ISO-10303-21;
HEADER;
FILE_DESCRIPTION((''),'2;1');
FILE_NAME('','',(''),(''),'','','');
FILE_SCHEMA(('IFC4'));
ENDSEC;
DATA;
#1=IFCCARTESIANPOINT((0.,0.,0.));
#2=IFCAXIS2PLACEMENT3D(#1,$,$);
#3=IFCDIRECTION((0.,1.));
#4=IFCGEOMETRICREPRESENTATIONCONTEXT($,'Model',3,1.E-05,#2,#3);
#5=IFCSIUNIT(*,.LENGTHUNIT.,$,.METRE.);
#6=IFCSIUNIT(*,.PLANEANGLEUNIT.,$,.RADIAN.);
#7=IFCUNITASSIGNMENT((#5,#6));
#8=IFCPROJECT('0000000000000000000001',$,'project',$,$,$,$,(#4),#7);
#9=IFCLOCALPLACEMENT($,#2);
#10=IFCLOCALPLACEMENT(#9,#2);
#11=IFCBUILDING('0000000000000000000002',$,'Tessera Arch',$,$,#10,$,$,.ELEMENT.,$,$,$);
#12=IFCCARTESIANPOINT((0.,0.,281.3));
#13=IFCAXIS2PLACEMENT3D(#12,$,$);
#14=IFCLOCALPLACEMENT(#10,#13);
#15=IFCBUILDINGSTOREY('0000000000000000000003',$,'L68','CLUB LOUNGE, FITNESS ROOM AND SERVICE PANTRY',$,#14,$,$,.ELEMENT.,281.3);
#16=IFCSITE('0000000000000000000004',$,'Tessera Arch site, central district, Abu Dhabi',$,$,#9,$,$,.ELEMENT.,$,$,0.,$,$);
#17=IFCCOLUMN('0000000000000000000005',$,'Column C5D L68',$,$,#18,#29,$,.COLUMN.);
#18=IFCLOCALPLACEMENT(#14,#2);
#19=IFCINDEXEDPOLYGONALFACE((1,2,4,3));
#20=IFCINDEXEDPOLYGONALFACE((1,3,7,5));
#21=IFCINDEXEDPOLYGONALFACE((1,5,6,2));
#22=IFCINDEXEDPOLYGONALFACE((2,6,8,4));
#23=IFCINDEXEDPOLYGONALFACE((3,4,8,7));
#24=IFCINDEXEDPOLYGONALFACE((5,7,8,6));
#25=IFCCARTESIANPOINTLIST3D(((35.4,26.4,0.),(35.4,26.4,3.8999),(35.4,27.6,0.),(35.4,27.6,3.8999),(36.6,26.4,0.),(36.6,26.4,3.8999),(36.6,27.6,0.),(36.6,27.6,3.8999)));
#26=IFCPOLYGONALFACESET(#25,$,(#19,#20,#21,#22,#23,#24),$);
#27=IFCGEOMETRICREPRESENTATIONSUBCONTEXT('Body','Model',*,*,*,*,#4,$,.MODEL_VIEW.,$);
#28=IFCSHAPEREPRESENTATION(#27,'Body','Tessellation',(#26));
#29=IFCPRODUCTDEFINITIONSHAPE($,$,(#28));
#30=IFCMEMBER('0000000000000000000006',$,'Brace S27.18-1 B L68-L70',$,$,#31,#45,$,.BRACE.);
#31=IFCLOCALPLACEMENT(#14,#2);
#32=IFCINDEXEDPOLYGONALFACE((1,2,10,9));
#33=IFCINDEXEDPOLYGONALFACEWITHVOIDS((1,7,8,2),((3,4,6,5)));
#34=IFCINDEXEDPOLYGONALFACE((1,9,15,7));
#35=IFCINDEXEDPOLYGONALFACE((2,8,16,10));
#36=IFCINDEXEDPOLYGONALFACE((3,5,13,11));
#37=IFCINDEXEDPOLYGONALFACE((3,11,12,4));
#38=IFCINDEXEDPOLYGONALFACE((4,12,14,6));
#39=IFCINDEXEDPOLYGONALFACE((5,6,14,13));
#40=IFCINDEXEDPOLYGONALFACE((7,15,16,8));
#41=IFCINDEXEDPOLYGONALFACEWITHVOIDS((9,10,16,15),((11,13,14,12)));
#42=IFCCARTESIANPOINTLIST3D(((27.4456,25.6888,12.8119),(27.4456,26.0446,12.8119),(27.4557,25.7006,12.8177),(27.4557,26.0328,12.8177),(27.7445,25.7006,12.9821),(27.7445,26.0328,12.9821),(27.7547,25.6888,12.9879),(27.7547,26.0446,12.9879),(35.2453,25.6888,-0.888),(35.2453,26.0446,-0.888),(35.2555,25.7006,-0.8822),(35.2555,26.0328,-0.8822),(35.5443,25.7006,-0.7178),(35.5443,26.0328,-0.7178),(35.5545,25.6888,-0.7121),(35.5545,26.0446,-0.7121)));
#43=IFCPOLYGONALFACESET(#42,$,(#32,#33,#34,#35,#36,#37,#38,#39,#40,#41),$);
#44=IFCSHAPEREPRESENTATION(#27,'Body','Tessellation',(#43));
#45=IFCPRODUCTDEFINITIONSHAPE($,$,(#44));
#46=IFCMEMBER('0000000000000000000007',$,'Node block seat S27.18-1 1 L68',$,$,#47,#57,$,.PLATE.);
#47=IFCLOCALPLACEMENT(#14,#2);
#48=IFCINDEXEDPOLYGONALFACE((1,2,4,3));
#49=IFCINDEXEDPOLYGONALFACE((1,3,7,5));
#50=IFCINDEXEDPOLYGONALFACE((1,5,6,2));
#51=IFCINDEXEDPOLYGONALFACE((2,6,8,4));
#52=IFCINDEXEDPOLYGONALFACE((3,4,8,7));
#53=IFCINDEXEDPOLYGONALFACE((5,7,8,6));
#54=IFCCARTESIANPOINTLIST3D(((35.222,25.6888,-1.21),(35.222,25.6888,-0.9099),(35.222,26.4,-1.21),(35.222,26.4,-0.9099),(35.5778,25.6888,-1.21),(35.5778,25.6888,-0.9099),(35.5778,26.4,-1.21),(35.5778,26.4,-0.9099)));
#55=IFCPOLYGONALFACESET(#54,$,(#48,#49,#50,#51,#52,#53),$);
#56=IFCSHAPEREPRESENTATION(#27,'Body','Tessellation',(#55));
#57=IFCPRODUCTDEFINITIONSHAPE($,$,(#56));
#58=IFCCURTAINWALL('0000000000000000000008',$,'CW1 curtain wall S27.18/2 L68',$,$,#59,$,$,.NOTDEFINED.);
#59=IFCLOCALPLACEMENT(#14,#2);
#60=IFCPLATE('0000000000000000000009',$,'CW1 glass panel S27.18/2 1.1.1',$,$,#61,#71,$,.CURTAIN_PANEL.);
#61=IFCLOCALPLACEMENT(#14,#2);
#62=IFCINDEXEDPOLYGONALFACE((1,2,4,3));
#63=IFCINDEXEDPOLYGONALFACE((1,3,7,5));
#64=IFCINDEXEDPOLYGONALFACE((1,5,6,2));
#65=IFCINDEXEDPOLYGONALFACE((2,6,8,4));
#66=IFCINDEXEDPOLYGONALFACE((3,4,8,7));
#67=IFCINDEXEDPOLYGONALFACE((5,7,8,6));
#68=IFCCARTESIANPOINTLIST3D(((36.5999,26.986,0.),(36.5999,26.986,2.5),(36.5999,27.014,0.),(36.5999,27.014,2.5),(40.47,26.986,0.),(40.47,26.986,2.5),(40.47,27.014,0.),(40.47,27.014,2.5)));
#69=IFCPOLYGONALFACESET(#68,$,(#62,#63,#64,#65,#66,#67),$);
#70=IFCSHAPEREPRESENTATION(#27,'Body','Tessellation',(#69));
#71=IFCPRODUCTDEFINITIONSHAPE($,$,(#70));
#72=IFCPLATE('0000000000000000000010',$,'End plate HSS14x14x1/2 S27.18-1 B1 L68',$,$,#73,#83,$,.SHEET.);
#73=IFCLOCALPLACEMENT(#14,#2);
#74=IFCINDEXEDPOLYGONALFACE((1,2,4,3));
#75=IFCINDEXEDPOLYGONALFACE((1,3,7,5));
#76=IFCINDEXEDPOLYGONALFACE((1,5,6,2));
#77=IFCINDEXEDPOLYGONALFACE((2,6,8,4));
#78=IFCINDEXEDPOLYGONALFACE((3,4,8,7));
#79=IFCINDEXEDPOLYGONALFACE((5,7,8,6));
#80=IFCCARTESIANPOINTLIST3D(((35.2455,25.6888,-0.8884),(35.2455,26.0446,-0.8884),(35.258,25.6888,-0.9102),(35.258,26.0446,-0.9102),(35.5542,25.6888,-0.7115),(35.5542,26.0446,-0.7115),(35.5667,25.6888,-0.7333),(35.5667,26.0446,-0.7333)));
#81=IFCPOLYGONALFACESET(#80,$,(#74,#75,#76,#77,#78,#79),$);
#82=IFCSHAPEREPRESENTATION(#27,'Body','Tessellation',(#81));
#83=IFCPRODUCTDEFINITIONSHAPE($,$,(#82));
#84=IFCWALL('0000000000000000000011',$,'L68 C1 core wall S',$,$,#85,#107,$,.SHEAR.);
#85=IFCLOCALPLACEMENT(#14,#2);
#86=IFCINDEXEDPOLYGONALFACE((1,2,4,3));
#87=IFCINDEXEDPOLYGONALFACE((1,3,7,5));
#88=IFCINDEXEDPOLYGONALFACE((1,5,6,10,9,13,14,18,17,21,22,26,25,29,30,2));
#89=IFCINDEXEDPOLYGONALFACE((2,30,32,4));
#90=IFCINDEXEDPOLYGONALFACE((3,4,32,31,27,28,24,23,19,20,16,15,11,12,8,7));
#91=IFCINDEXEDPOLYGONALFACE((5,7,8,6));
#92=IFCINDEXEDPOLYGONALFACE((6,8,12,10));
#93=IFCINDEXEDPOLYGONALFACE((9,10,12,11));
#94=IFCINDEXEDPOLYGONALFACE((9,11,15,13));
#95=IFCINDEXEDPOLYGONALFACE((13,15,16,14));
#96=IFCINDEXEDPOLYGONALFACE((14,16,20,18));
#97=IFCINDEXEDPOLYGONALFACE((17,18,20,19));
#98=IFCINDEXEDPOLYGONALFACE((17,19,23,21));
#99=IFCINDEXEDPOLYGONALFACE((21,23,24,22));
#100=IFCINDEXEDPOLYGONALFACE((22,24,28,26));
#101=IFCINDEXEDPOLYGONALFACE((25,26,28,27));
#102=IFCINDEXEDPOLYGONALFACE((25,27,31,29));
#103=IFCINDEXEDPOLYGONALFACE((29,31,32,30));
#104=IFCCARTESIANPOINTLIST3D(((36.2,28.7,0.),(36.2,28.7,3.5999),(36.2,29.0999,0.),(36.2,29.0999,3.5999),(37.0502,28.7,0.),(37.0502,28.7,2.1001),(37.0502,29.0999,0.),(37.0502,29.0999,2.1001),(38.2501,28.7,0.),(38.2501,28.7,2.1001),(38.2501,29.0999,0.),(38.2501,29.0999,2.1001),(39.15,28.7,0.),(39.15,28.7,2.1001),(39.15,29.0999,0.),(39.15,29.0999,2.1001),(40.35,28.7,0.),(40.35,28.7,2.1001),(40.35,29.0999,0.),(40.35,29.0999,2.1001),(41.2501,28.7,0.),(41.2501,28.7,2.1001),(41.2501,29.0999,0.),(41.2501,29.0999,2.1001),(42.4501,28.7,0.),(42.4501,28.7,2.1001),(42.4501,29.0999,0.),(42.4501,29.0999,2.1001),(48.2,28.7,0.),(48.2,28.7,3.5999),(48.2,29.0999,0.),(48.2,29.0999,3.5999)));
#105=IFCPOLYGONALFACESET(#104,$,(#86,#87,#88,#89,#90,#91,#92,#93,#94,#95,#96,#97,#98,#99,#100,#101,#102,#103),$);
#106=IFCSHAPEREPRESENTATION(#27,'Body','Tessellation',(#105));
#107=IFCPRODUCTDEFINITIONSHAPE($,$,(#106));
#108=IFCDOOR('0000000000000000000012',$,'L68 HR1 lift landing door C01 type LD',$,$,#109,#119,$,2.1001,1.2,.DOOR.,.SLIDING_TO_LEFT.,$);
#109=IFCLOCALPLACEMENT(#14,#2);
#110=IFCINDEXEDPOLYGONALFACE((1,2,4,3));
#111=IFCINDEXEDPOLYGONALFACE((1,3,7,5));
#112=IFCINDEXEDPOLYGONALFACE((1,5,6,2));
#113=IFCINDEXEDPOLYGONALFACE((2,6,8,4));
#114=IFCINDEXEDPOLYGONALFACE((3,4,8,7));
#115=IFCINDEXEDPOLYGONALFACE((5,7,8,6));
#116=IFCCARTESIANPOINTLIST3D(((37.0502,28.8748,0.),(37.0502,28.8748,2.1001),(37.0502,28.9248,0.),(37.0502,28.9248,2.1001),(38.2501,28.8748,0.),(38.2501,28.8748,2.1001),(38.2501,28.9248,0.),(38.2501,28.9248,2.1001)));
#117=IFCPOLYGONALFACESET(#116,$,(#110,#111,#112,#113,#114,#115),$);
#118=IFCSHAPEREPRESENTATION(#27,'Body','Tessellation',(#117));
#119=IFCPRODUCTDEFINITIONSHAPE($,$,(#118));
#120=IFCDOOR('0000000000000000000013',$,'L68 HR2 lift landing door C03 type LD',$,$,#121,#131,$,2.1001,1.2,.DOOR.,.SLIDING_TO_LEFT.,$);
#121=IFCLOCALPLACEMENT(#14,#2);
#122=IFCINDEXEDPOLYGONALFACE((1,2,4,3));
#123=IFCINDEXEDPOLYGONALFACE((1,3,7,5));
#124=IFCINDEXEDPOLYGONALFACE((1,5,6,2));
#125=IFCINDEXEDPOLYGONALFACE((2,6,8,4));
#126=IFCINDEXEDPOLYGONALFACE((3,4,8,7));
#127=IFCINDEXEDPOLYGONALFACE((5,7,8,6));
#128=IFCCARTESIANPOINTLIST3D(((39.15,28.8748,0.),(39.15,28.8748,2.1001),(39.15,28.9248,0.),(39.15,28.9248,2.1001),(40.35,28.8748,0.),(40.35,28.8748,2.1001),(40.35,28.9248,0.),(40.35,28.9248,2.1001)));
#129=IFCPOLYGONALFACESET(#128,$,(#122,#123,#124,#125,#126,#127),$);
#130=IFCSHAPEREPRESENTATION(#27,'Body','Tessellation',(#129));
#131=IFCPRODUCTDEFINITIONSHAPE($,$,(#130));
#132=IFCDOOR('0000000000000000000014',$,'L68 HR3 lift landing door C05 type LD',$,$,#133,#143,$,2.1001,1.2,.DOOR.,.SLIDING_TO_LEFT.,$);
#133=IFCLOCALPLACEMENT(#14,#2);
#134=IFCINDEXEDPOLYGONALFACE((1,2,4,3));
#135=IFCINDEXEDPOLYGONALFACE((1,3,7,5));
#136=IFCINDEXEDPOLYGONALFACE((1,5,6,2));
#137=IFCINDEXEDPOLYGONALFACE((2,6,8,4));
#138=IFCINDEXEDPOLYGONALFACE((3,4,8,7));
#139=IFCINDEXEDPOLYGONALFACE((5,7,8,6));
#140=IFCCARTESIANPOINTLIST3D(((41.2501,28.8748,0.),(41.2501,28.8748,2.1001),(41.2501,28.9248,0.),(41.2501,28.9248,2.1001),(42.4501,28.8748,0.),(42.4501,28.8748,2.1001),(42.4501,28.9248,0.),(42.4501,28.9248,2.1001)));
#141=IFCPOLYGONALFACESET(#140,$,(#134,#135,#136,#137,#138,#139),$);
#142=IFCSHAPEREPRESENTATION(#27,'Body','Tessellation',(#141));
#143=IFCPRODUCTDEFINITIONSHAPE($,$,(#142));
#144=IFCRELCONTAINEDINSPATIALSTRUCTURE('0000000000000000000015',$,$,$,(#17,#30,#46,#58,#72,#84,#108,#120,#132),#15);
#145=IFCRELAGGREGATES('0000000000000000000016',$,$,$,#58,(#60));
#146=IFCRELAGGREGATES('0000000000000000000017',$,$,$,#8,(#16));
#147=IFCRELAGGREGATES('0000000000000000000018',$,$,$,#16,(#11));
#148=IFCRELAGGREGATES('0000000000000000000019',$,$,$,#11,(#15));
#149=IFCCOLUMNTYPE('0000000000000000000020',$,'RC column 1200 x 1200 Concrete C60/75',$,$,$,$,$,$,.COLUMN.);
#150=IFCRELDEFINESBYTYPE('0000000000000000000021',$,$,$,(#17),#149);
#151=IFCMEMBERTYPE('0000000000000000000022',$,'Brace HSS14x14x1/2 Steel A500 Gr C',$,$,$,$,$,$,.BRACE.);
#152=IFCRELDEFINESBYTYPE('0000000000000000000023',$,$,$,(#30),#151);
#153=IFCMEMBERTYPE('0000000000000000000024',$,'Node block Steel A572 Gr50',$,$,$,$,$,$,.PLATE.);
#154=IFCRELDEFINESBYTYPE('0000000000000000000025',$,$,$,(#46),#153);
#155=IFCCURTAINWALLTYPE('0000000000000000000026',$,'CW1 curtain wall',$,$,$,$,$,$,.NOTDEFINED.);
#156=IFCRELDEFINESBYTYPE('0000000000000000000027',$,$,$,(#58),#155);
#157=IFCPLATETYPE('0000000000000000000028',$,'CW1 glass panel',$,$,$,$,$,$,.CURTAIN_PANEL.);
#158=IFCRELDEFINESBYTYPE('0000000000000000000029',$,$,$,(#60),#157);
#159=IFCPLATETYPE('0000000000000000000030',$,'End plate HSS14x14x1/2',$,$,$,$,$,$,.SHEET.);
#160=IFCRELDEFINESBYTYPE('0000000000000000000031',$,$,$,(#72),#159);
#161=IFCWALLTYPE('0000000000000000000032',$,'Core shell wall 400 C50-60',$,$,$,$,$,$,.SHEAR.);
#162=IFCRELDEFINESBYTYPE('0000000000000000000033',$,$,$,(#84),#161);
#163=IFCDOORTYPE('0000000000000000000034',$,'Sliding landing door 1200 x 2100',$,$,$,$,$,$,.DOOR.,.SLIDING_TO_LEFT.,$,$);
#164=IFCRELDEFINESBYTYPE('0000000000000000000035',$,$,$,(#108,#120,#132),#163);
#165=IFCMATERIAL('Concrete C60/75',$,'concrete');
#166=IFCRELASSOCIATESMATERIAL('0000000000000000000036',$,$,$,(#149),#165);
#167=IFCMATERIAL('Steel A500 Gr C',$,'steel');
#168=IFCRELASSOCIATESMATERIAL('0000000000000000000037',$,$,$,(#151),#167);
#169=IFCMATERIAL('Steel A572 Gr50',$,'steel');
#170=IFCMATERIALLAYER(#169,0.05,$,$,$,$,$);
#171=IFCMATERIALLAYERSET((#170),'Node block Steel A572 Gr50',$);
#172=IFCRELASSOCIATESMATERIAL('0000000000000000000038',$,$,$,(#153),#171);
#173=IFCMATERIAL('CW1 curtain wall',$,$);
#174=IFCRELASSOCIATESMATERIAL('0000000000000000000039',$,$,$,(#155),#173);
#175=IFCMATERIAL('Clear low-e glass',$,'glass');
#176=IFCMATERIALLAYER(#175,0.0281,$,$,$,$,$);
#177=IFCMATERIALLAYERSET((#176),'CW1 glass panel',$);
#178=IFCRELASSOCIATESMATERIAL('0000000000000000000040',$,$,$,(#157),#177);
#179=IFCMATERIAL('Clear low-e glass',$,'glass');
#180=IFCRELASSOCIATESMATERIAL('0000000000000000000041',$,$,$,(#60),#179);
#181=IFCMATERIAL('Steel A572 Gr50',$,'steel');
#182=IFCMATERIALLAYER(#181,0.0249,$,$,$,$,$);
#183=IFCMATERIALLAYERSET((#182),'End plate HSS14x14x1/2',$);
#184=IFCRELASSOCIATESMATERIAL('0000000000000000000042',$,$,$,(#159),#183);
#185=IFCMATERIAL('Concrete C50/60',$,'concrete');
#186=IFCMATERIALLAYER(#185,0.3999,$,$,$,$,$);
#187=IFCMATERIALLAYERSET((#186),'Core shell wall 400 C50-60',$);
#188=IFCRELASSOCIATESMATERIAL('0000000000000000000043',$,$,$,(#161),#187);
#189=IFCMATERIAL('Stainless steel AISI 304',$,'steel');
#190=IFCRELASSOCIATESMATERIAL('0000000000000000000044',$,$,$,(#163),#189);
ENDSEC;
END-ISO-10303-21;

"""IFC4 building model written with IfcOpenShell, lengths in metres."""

from ifc_helpers import new_model, si_unit, direction, frame, frame_2d, origin, origin_2d, place, context, subcontext, project, spatial, rectangle, hollow_rectangle, extrude, material, layer, layer_set, material_profile, profile_set, type_object, element, fill, aggregate, save


model = new_model("IFC4")

# Units and contexts
model_context = context("Model", 3, precision=1e-05, world=origin(), true_north=direction((0.0, 1.0)))
body_context = subcontext(model_context, "Body", "Model", "MODEL_VIEW")
ifc_project = project(units=[si_unit("LENGTHUNIT", "METRE"), si_unit("PLANEANGLEUNIT", "RADIAN")], contexts=[model_context])

# Site, building, storey
site_placement = place(None, origin())
site = spatial("IfcSite", under=ifc_project, at=site_placement, Name="Tessera Arch site, central district, Abu Dhabi", CompositionType="ELEMENT", RefElevation=0.0)
building_placement = place(site_placement, origin())
building = spatial("IfcBuilding", under=site, at=building_placement, Name="Tessera Arch", CompositionType="ELEMENT")
storey_placement = place(building_placement, frame((0.0, 0.0, 281.3)))
storey = spatial("IfcBuildingStorey", under=building, at=storey_placement, Name="L68", Description="CLUB LOUNGE, FITNESS ROOM AND SERVICE PANTRY", CompositionType="ELEMENT", Elevation=281.3)

# Column
ifc_material_1 = material(Name="Concrete C60/75", Category="concrete")
ifc_material_profile_1 = material_profile(ifc_material_1, rectangle(XDim=1.2, YDim=1.2, at=origin_2d()), Name="RC column 1200 x 1200 Concrete C60/75")
ifc_profile_set_1 = profile_set([ifc_material_profile_1], Name="Concrete C60/75")
column_type = type_object("IfcColumnType", Name="RC column 1200 x 1200 Concrete C60/75", PredefinedType="COLUMN", material=ifc_profile_set_1)
column_placement = place(storey_placement, frame((36.0, 27.0, 0.0), z_axis=(0.0, 0.0, 1.0), x_axis=(1.0, 0.0, 0.0)))
element("IfcColumn", 1, at=column_placement, inside=storey, type_object=column_type, Name="Column C5D L68", PredefinedType="COLUMN", context=body_context, shape_type="SweptSolid", body=[
    extrude(rectangle(XDim=1.2, YDim=1.2, at=origin_2d()), origin(), (0.0, 0.0, 1.0), 3.8999),
])

# Members
ifc_material_2 = material(Name="Steel A500 Gr C", Category="steel")
ifc_material_profile_2 = material_profile(ifc_material_2, hollow_rectangle(XDim=0.3557, YDim=0.3557, WallThickness=0.0117, at=origin_2d()), Name="HSS14x14x1/2")
ifc_profile_set_2 = profile_set([ifc_material_profile_2], Name="Steel A500 Gr C")
member_type_1 = type_object("IfcMemberType", Name="Brace HSS14x14x1/2 Steel A500 Gr C", PredefinedType="BRACE", material=ifc_profile_set_2)
member_1_placement = place(storey_placement, frame((35.3999, 25.8667, -0.8), z_axis=(-0.494764, 0.0, 0.869027), x_axis=(0.0, -1.0, 0.0)))
element("IfcMember", 2, at=member_1_placement, inside=storey, type_object=member_type_1, Name="Brace S27.18-1 B L68-L70", PredefinedType="BRACE", context=body_context, shape_type="SweptSolid", body=[
    extrude(hollow_rectangle(XDim=0.3557, YDim=0.3557, WallThickness=0.0117, at=origin_2d()), origin(), (0.0, 0.0, 1.0), 15.7646),
])
ifc_material_3 = material(Name="Steel A572 Gr50", Category="steel")
ifc_layer_1 = layer(ifc_material_3, 0.05)
ifc_layer_set_1 = layer_set([ifc_layer_1], Name="Node block Steel A572 Gr50")
member_type_2 = type_object("IfcMemberType", Name="Node block Steel A572 Gr50", PredefinedType="PLATE", material=ifc_layer_set_1)
member_2_placement = place(storey_placement, frame((35.3999, 26.0444, -1.21), z_axis=(0.0, 0.0, 1.0), x_axis=(1.0, 0.0, 0.0)))
element("IfcMember", 3, at=member_2_placement, inside=storey, type_object=member_type_2, Name="Node block seat S27.18-1 1 L68", PredefinedType="PLATE", context=body_context, shape_type="SweptSolid", body=[
    extrude(rectangle(XDim=0.3557, YDim=0.7112, at=origin_2d()), origin(), (0.0, 0.0, 1.0), 0.3),
])

# Curtain wall, plate
ifc_material_4 = material(Name="CW1 curtain wall")
curtain_wall_type = type_object("IfcCurtainWallType", Name="CW1 curtain wall", PredefinedType="NOTDEFINED", material=ifc_material_4)
curtain_wall_placement = place(storey_placement, origin())
curtain_wall = element("IfcCurtainWall", 4, at=curtain_wall_placement, inside=storey, type_object=curtain_wall_type, Name="CW1 curtain wall S27.18/2 L68", PredefinedType="NOTDEFINED")
ifc_material_5 = material(Name="Clear low-e glass", Category="glass")
ifc_material_6 = material(Name="Clear low-e glass", Category="glass")
ifc_layer_2 = layer(ifc_material_6, 0.0281)
ifc_layer_set_2 = layer_set([ifc_layer_2], Name="CW1 glass panel")
plate_type_1 = type_object("IfcPlateType", Name="CW1 glass panel", PredefinedType="CURTAIN_PANEL", material=ifc_layer_set_2)
plate_1_placement = place(storey_placement, frame((38.5349, 27.0, 0.0), z_axis=(0.0, 0.0, 1.0), x_axis=(1.0, 0.0, 0.0)))
plate_1 = element("IfcPlate", 5, at=plate_1_placement, type_object=plate_type_1, material=ifc_material_5, Name="CW1 glass panel S27.18/2 1.1.1", PredefinedType="CURTAIN_PANEL", context=body_context, shape_type="SweptSolid", body=[
    extrude(rectangle(XDim=3.8701, YDim=0.0281, at=origin_2d()), origin(), (0.0, 0.0, 1.0), 2.5),
])
aggregate(curtain_wall, [plate_1])

# Plate
ifc_material_7 = material(Name="Steel A572 Gr50", Category="steel")
ifc_layer_3 = layer(ifc_material_7, 0.0249)
ifc_layer_set_3 = layer_set([ifc_layer_3], Name="End plate HSS14x14x1/2")
plate_type_2 = type_object("IfcPlateType", Name="End plate HSS14x14x1/2", PredefinedType="SHEET", material=ifc_layer_set_3)
plate_2_placement = place(storey_placement, frame((35.4124, 25.8667, -0.8218), z_axis=(-0.497188, 0.0, 0.867643), x_axis=(0.0, -1.0, 0.0)))
element("IfcPlate", 6, at=plate_2_placement, inside=storey, type_object=plate_type_2, Name="End plate HSS14x14x1/2 S27.18-1 B1 L68", PredefinedType="SHEET", context=body_context, shape_type="SweptSolid", body=[
    extrude(rectangle(XDim=0.3557, YDim=0.3557, at=origin_2d()), origin(), (0.0, 0.0, 1.0), 0.0251),
])

# Wall, openings, doors
ifc_material_8 = material(Name="Concrete C50/60", Category="concrete")
ifc_layer_4 = layer(ifc_material_8, 0.3999)
ifc_layer_set_4 = layer_set([ifc_layer_4], Name="Core shell wall 400 C50-60")
wall_type_1 = type_object("IfcWallType", Name="Core shell wall 400 C50-60", PredefinedType="SHEAR", material=ifc_layer_set_4)
wall_1_placement = place(storey_placement, frame((36.2, 28.8999, 0.0), z_axis=(0.0, 0.0, 1.0), x_axis=(1.0, 0.0, 0.0)))
wall_1 = element("IfcWall", 7, at=wall_1_placement, inside=storey, type_object=wall_type_1, Name="L68 C1 core wall S", PredefinedType="SHEAR", context=body_context, shape_type="SweptSolid", body=[
    extrude(rectangle(XDim=12.0, YDim=0.3999, at=frame_2d((6.0, 0.0))), origin(), (0.0, 0.0, 1.0), 3.5999),
])
opening_1_placement = place(wall_1_placement, frame((0.8501, 0.0, 0.0)))
opening_1 = element("IfcOpeningElement", 8, at=opening_1_placement, cuts=wall_1, PredefinedType="OPENING", context=body_context, shape_type="SweptSolid", body=[
    extrude(rectangle(XDim=1.2, YDim=2.1001, at=frame_2d((0.6001, 1.05))), frame((0.0, 0.21, 0.0), z_axis=(0.0, -1.0, 0.0), x_axis=(1.0, 0.0, 0.0)), (0.0, 0.0, 1.0), 0.4199),
])
opening_2_placement = place(wall_1_placement, frame((2.95, 0.0, 0.0)))
opening_2 = element("IfcOpeningElement", 9, at=opening_2_placement, cuts=wall_1, PredefinedType="OPENING", context=body_context, shape_type="SweptSolid", body=[
    extrude(rectangle(XDim=1.2, YDim=2.1001, at=frame_2d((0.6001, 1.05))), frame((0.0, 0.21, 0.0), z_axis=(0.0, -1.0, 0.0), x_axis=(1.0, 0.0, 0.0)), (0.0, 0.0, 1.0), 0.4199),
])
opening_3_placement = place(wall_1_placement, frame((5.05, 0.0, 0.0)))
opening_3 = element("IfcOpeningElement", 10, at=opening_3_placement, cuts=wall_1, PredefinedType="OPENING", context=body_context, shape_type="SweptSolid", body=[
    extrude(rectangle(XDim=1.2, YDim=2.1001, at=frame_2d((0.6001, 1.05))), frame((0.0, 0.21, 0.0), z_axis=(0.0, -1.0, 0.0), x_axis=(1.0, 0.0, 0.0)), (0.0, 0.0, 1.0), 0.4199),
])
ifc_material_9 = material(Name="Stainless steel AISI 304", Category="steel")
door_type_1 = type_object("IfcDoorType", Name="Sliding landing door 1200 x 2100", OperationType="SLIDING_TO_LEFT", PredefinedType="DOOR", material=ifc_material_9)
door_1_placement = place(opening_1_placement, origin())
door_1 = element("IfcDoor", 11, at=door_1_placement, inside=storey, type_object=door_type_1, Name="L68 HR1 lift landing door C01 type LD", OperationType="SLIDING_TO_LEFT", OverallHeight=2.1001, OverallWidth=1.2, PredefinedType="DOOR", context=body_context, shape_type="SweptSolid", body=[
    extrude(rectangle(XDim=1.2, YDim=2.1001, at=frame_2d((0.6001, 1.05))), frame((0.0, 0.0249, 0.0), z_axis=(0.0, -1.0, 0.0), x_axis=(1.0, 0.0, 0.0)), (0.0, 0.0, 1.0), 0.05),
])
fill(opening_1, door_1)
door_2_placement = place(opening_2_placement, origin())
door_2 = element("IfcDoor", 12, at=door_2_placement, inside=storey, type_object=door_type_1, Name="L68 HR2 lift landing door C03 type LD", OperationType="SLIDING_TO_LEFT", OverallHeight=2.1001, OverallWidth=1.2, PredefinedType="DOOR", context=body_context, shape_type="SweptSolid", body=[
    extrude(rectangle(XDim=1.2, YDim=2.1001, at=frame_2d((0.6001, 1.05))), frame((0.0, 0.0249, 0.0), z_axis=(0.0, -1.0, 0.0), x_axis=(1.0, 0.0, 0.0)), (0.0, 0.0, 1.0), 0.05),
])
fill(opening_2, door_2)
door_3_placement = place(opening_3_placement, origin())
door_3 = element("IfcDoor", 13, at=door_3_placement, inside=storey, type_object=door_type_1, Name="L68 HR3 lift landing door C05 type LD", OperationType="SLIDING_TO_LEFT", OverallHeight=2.1001, OverallWidth=1.2, PredefinedType="DOOR", context=body_context, shape_type="SweptSolid", body=[
    extrude(rectangle(XDim=1.2, YDim=2.1001, at=frame_2d((0.6001, 1.05))), frame((0.0, 0.0249, 0.0), z_axis=(0.0, -1.0, 0.0), x_axis=(1.0, 0.0, 0.0)), (0.0, 0.0, 1.0), 0.05),
])
fill(opening_3, door_3)

save(model, "model.ifc")
